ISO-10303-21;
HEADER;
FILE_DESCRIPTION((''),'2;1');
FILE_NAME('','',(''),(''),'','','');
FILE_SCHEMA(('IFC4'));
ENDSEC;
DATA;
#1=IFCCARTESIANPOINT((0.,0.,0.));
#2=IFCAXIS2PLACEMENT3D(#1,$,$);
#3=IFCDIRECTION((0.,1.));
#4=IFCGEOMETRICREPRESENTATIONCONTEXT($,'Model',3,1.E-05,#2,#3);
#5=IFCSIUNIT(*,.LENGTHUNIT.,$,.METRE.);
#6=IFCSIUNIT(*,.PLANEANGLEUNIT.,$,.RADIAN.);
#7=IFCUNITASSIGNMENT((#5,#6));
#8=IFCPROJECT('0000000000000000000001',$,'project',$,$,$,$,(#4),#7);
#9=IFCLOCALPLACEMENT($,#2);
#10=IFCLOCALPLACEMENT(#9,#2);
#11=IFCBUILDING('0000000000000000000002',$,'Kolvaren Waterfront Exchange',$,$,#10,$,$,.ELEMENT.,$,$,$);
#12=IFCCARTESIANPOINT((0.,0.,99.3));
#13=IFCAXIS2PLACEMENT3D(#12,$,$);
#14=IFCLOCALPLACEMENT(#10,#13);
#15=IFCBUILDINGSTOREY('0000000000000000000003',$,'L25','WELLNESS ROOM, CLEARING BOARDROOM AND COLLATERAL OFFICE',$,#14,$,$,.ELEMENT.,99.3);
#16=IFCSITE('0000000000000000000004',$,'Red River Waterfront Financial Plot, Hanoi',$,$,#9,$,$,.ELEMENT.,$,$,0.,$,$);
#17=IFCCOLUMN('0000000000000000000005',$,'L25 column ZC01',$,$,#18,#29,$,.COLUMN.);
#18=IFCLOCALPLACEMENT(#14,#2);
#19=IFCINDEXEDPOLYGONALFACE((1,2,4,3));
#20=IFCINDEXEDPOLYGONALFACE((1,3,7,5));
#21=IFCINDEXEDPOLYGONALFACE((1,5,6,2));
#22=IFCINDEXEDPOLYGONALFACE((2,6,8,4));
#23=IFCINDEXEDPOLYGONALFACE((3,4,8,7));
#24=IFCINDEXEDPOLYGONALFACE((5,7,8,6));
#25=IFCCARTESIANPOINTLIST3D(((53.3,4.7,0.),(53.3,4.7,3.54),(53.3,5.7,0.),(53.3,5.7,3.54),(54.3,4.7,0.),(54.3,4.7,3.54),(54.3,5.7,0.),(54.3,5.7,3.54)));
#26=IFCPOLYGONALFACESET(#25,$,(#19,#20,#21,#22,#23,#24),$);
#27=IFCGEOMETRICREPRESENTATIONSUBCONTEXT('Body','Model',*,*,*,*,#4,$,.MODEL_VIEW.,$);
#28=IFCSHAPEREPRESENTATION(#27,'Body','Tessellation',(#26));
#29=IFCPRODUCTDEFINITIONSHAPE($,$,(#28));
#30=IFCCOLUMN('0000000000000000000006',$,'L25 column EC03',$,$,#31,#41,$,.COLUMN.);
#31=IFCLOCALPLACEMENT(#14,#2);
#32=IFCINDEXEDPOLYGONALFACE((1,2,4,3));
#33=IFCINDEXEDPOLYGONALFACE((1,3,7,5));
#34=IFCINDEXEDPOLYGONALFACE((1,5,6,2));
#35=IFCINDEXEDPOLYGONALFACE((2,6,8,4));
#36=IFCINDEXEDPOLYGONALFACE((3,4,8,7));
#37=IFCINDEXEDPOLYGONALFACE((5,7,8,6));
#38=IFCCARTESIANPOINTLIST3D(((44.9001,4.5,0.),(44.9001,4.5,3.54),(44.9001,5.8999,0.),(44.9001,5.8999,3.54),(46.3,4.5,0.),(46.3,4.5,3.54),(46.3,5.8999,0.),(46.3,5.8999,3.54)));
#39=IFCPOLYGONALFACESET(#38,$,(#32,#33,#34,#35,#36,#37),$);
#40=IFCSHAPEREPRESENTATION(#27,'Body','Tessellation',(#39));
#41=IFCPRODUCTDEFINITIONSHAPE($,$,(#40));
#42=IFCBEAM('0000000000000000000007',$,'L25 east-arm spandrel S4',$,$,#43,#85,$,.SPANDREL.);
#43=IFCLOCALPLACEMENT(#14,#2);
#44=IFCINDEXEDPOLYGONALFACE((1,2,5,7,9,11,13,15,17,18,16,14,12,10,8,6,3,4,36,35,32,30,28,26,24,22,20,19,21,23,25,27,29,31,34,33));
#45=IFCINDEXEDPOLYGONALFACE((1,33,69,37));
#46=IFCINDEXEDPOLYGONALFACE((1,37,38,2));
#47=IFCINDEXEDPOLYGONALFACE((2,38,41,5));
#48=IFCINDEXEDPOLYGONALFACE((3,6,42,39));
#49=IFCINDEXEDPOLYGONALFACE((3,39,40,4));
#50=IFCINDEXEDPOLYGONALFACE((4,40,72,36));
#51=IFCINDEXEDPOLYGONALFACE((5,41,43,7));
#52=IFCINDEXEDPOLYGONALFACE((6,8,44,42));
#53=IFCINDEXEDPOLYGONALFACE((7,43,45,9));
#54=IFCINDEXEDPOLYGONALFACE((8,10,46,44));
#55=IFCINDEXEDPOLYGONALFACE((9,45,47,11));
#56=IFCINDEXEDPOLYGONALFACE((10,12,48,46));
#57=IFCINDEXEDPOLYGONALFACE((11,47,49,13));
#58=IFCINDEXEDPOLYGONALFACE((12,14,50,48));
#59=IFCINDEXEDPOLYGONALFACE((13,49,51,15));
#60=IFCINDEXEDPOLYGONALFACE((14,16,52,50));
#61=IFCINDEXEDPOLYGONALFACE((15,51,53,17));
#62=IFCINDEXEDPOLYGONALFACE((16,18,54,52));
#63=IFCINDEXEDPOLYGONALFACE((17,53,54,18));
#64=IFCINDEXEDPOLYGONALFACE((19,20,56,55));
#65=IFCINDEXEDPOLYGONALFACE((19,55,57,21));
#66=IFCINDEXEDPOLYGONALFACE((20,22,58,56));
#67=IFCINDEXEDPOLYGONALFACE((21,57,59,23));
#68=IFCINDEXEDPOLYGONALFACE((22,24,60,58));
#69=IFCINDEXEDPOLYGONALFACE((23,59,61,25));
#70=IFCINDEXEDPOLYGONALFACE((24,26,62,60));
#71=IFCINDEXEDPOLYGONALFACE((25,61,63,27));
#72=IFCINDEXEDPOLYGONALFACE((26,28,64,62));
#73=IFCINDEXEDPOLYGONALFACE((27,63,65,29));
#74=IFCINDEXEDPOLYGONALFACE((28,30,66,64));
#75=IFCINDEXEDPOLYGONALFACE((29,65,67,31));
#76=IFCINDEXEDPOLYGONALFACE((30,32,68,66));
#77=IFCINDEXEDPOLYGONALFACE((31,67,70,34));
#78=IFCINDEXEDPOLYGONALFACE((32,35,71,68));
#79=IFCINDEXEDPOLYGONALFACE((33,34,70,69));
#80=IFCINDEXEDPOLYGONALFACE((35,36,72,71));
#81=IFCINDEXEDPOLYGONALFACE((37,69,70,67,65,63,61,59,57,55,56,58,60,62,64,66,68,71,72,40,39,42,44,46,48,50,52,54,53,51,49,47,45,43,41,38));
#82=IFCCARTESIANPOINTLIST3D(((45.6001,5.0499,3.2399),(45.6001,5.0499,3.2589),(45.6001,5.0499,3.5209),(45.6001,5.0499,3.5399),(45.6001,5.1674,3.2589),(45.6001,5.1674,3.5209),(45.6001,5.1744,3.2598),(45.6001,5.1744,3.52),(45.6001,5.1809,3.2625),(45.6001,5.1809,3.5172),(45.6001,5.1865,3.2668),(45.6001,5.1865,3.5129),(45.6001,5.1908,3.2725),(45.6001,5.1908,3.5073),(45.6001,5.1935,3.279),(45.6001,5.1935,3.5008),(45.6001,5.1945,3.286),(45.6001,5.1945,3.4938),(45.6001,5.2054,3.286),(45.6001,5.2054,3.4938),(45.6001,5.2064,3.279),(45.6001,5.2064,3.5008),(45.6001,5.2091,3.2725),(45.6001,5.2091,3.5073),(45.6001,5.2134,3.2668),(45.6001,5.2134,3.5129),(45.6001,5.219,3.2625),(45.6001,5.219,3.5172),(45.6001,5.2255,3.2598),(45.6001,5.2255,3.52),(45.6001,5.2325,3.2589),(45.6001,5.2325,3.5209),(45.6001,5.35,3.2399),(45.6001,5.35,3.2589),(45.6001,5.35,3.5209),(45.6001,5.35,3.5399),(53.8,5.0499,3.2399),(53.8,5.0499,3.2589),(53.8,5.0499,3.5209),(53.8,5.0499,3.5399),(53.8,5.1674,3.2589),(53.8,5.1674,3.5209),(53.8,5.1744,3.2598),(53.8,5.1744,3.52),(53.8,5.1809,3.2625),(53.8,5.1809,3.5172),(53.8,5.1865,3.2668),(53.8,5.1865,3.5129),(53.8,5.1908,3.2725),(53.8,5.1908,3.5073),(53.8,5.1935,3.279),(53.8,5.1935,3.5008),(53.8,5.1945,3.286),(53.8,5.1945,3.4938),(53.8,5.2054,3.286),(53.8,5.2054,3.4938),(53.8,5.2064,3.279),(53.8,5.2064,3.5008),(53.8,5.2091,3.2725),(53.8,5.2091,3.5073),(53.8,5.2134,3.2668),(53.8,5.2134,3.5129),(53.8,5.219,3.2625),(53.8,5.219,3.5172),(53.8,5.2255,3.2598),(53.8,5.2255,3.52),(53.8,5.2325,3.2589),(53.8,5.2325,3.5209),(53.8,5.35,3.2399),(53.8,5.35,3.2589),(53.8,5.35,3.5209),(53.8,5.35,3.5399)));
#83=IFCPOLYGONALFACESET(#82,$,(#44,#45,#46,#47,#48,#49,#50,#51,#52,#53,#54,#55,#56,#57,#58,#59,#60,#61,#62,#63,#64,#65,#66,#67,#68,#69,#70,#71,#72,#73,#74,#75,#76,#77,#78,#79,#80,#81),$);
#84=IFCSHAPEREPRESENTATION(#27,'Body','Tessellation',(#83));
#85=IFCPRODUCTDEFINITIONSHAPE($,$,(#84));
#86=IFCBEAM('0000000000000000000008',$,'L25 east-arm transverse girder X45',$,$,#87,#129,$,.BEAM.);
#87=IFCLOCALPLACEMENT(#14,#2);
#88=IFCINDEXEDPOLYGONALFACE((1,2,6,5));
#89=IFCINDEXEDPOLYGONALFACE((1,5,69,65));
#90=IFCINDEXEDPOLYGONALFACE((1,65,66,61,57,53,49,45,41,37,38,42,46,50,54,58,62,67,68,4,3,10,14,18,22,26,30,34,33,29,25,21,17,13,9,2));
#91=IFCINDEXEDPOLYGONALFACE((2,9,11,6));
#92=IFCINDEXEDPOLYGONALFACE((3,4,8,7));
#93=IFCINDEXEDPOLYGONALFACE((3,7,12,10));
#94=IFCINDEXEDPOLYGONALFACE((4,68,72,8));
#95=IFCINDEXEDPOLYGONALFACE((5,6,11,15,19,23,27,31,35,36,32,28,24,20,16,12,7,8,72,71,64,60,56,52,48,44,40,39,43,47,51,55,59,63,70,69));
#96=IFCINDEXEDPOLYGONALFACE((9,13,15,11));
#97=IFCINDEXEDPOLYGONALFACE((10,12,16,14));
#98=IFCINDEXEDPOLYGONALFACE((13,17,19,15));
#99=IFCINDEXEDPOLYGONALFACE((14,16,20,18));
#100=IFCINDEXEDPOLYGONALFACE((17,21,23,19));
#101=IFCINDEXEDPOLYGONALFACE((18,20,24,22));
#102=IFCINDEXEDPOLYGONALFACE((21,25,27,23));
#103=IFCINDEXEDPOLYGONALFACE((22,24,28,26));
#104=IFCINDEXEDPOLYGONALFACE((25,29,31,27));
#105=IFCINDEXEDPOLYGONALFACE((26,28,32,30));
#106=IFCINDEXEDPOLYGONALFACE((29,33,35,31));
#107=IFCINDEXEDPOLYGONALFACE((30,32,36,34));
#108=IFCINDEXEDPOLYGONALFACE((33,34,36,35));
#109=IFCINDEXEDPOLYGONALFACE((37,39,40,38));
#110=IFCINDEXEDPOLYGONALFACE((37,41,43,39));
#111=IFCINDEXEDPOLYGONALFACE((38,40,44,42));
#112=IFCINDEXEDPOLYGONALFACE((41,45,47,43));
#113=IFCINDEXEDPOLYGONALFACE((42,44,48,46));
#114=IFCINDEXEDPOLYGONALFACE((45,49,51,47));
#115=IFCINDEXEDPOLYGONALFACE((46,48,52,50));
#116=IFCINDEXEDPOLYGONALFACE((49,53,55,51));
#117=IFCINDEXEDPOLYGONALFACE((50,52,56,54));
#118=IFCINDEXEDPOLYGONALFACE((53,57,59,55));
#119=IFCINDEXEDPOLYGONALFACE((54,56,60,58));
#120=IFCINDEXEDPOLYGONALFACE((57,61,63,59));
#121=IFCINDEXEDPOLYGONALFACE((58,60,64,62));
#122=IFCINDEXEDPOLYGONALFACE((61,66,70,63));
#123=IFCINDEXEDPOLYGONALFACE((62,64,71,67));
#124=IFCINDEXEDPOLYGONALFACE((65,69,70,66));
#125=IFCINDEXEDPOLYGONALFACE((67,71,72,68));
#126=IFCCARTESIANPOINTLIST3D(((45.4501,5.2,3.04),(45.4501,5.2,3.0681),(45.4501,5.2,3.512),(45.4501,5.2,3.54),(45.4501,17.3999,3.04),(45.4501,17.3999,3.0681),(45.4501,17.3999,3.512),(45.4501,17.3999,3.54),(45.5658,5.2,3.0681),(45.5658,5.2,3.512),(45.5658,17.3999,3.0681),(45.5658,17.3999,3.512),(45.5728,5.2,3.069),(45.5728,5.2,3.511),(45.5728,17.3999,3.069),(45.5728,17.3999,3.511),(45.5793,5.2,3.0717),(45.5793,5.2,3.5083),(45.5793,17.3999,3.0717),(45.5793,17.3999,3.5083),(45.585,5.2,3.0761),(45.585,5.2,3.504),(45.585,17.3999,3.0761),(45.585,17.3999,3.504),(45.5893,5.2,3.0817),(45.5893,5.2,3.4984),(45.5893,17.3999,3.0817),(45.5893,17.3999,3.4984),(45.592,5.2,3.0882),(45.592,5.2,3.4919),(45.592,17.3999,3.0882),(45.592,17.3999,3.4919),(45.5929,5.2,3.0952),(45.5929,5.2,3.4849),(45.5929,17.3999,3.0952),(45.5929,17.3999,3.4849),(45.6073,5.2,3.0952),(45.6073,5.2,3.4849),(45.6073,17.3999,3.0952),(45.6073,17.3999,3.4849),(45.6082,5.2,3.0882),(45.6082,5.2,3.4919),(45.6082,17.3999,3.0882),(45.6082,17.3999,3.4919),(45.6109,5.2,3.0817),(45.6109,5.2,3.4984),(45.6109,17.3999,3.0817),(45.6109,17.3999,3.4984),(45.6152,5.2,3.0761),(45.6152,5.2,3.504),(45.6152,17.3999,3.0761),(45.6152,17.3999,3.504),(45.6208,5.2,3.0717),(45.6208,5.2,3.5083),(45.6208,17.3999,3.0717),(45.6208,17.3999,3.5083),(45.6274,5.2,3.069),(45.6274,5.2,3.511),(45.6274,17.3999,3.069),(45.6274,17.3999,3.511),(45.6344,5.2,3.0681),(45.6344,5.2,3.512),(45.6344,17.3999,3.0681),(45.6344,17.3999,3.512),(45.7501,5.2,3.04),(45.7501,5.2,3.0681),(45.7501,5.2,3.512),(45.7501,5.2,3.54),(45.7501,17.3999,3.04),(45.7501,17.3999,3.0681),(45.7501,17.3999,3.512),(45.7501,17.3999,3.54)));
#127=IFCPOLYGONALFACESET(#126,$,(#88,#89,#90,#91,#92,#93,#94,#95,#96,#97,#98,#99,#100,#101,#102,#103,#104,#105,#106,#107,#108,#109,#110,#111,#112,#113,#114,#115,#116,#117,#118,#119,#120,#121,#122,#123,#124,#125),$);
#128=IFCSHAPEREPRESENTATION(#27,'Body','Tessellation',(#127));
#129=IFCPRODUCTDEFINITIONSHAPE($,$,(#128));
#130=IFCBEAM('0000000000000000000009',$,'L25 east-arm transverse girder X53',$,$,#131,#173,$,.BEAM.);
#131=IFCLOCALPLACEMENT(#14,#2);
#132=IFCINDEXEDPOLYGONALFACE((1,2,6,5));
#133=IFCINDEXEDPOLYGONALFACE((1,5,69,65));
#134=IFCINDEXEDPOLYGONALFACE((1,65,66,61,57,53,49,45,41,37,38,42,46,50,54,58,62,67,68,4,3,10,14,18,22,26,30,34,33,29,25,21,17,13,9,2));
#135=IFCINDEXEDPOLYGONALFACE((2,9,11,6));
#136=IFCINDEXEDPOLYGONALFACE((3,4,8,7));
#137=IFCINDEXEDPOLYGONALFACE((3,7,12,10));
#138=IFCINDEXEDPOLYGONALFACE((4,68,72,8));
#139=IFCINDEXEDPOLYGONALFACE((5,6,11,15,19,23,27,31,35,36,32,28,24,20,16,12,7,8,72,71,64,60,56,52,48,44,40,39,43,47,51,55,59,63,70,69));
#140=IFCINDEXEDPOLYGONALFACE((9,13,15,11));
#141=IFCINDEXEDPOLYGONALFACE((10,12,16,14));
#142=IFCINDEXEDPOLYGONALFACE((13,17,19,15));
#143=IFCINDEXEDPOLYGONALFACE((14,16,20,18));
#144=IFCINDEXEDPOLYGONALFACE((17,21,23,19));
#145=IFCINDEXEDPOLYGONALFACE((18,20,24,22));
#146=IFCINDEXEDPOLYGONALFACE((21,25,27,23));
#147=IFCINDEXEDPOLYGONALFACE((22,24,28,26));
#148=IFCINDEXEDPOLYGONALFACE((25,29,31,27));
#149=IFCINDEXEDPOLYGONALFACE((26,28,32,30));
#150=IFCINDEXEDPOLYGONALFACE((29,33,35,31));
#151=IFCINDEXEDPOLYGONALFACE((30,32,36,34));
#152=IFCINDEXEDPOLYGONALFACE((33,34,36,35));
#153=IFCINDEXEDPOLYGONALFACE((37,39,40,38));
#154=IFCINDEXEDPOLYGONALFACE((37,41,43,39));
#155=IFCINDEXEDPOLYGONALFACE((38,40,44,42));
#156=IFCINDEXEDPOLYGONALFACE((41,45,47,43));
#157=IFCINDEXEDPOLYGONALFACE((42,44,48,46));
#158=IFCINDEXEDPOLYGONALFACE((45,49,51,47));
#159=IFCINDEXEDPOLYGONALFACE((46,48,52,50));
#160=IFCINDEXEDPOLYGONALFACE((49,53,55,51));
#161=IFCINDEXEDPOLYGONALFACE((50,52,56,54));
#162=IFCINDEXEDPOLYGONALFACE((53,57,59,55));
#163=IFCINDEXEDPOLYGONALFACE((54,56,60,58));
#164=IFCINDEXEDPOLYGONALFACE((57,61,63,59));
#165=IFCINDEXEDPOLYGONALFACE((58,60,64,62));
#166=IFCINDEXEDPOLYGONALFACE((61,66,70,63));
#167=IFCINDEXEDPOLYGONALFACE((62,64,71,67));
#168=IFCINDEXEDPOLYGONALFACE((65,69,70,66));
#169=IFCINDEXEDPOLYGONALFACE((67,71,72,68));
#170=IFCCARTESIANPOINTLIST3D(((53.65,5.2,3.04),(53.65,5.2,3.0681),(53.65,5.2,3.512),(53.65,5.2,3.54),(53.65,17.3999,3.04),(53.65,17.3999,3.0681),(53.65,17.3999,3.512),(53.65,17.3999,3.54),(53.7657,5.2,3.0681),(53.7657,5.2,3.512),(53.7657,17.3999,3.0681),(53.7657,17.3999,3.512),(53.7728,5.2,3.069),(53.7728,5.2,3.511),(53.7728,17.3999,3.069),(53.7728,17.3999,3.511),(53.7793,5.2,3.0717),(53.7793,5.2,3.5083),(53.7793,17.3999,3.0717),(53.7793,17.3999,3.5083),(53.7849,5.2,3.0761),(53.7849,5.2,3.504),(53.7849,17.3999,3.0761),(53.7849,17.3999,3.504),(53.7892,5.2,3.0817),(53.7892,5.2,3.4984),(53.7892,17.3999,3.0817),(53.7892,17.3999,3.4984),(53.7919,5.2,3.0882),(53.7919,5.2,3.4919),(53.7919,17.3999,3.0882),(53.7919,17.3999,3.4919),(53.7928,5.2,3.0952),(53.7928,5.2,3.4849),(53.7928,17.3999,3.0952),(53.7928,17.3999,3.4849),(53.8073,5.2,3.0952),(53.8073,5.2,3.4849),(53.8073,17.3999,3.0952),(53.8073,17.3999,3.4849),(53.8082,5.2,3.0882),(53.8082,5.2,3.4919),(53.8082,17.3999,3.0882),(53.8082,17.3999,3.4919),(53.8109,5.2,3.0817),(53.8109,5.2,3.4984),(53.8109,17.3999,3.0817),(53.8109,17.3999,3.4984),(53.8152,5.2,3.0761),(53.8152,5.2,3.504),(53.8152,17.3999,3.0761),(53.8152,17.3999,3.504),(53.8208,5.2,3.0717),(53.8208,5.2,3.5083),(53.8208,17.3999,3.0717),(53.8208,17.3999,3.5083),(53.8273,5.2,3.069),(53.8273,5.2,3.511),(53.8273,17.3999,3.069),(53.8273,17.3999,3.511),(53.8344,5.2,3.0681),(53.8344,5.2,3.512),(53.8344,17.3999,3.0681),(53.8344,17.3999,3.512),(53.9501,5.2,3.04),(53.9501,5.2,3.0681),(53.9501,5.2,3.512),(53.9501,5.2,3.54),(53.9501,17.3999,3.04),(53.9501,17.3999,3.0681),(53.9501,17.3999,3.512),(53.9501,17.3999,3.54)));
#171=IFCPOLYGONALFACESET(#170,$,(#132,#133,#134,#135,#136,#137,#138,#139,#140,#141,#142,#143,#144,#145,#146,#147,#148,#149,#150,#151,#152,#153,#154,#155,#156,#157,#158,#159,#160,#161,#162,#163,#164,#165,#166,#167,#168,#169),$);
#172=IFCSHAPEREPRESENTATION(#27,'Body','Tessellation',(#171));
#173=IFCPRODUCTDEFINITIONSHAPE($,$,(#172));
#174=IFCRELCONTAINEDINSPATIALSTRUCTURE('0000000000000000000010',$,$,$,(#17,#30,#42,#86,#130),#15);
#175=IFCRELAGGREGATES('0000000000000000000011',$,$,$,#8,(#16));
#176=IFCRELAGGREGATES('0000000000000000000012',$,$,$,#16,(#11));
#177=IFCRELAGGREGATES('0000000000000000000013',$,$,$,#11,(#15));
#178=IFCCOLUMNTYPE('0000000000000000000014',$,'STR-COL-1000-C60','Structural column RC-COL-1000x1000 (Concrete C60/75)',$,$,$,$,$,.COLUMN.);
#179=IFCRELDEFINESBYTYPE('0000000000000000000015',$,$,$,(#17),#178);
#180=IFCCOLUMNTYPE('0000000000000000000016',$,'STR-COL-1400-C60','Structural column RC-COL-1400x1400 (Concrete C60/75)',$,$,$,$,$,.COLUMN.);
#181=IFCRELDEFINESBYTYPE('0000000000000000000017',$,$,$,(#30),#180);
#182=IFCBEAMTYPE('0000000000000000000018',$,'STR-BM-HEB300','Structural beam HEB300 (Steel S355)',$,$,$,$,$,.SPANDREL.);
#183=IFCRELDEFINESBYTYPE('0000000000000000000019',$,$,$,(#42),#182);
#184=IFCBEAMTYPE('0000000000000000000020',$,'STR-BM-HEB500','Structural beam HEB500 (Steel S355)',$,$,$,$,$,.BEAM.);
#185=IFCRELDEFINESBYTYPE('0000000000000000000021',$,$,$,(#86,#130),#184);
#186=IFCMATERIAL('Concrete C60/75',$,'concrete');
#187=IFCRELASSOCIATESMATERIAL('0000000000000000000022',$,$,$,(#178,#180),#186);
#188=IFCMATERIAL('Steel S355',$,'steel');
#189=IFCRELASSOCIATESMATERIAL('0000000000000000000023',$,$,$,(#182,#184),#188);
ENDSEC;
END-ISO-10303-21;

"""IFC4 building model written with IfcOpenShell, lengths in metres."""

from ifc_helpers import new_model, si_unit, direction, frame, origin, origin_2d, place, context, subcontext, project, spatial, rectangle, i_section, extrude, material, material_profile, profile_set, type_object, element, save


model = new_model("IFC4")

# Units and contexts
model_context = context("Model", 3, precision=1e-05, world=origin(), true_north=direction((0.0, 1.0)))
body_context = subcontext(model_context, "Body", "Model", "MODEL_VIEW")
ifc_project = project(units=[si_unit("LENGTHUNIT", "METRE"), si_unit("PLANEANGLEUNIT", "RADIAN")], contexts=[model_context])

# Site, building, storey
site_placement = place(None, origin())
site = spatial("IfcSite", under=ifc_project, at=site_placement, Name="Red River Waterfront Financial Plot, Hanoi", CompositionType="ELEMENT", RefElevation=0.0)
building_placement = place(site_placement, origin())
building = spatial("IfcBuilding", under=site, at=building_placement, Name="Kolvaren Waterfront Exchange", CompositionType="ELEMENT")
storey_placement = place(building_placement, frame((0.0, 0.0, 99.3)))
storey = spatial("IfcBuildingStorey", under=building, at=storey_placement, Name="L25", Description="WELLNESS ROOM, CLEARING BOARDROOM AND COLLATERAL OFFICE", CompositionType="ELEMENT", Elevation=99.3)

# Columns
ifc_material_1 = material(Name="Concrete C60/75", Category="concrete")
ifc_material_profile_1 = material_profile(ifc_material_1, rectangle(XDim=1.0, YDim=1.0, at=origin_2d()), Name="RC-COL-1000x1000")
ifc_profile_set_1 = profile_set([ifc_material_profile_1], Name="Concrete C60/75")
column_type_1 = type_object("IfcColumnType", Name="STR-COL-1000-C60", Description="Structural column RC-COL-1000x1000 (Concrete C60/75)", PredefinedType="COLUMN", material=ifc_profile_set_1)
column_1_placement = place(storey_placement, frame((53.8, 5.2, 0.0), z_axis=(0.0, 0.0, 1.0), x_axis=(1.0, 0.0, 0.0)))
element("IfcColumn", 1, at=column_1_placement, inside=storey, type_object=column_type_1, Name="L25 column ZC01", PredefinedType="COLUMN", context=body_context, shape_type="SweptSolid", body=[
    extrude(rectangle(XDim=1.0, YDim=1.0, at=origin_2d()), origin(), (0.0, 0.0, 1.0), 3.54),
])
ifc_material_profile_2 = material_profile(ifc_material_1, rectangle(XDim=1.3999, YDim=1.3999, at=origin_2d()), Name="RC-COL-1400x1400")
ifc_profile_set_2 = profile_set([ifc_material_profile_2], Name="Concrete C60/75")
column_type_2 = type_object("IfcColumnType", Name="STR-COL-1400-C60", Description="Structural column RC-COL-1400x1400 (Concrete C60/75)", PredefinedType="COLUMN", material=ifc_profile_set_2)
column_2_placement = place(storey_placement, frame((45.6001, 5.2, 0.0), z_axis=(0.0, 0.0, 1.0), x_axis=(1.0, 0.0, 0.0)))
element("IfcColumn", 2, at=column_2_placement, inside=storey, type_object=column_type_2, Name="L25 column EC03", PredefinedType="COLUMN", context=body_context, shape_type="SweptSolid", body=[
    extrude(rectangle(XDim=1.3999, YDim=1.3999, at=origin_2d()), origin(), (0.0, 0.0, 1.0), 3.54),
])

# Beams
ifc_material_2 = material(Name="Steel S355", Category="steel")
ifc_material_profile_3 = material_profile(ifc_material_2, i_section(OverallWidth=0.3, OverallDepth=0.3, WebThickness=0.011, FlangeThickness=0.019, FilletRadius=0.0271, at=origin_2d()), Name="HEB300")
ifc_profile_set_3 = profile_set([ifc_material_profile_3], Name="Steel S355")
beam_type_1 = type_object("IfcBeamType", Name="STR-BM-HEB300", Description="Structural beam HEB300 (Steel S355)", PredefinedType="SPANDREL", material=ifc_profile_set_3)
beam_1_placement = place(storey_placement, frame((45.6001, 5.2, 3.3899), z_axis=(1.0, 0.0, 0.0), x_axis=(0.0, 1.0, 0.0)))
element("IfcBeam", 3, at=beam_1_placement, inside=storey, type_object=beam_type_1, Name="L25 east-arm spandrel S4", PredefinedType="SPANDREL", context=body_context, shape_type="SweptSolid", body=[
    extrude(i_section(OverallWidth=0.3, OverallDepth=0.3, WebThickness=0.011, FlangeThickness=0.019, FilletRadius=0.0271, at=origin_2d()), origin(), (0.0, 0.0, 1.0), 8.2),
])
ifc_material_profile_4 = material_profile(ifc_material_2, i_section(OverallWidth=0.3, OverallDepth=0.5, WebThickness=0.0144, FlangeThickness=0.0281, FilletRadius=0.0271, at=origin_2d()), Name="HEB500")
ifc_profile_set_4 = profile_set([ifc_material_profile_4], Name="Steel S355")
beam_type_2 = type_object("IfcBeamType", Name="STR-BM-HEB500", Description="Structural beam HEB500 (Steel S355)", PredefinedType="BEAM", material=ifc_profile_set_4)
for number, where, z_axis, x_axis, name in (
    (4, (45.6001, 5.2, 3.29), (0.0, 1.0, 0.0), (-1.0, 0.0, 0.0), "L25 east-arm transverse girder X45"),
    (5, (53.8, 5.2, 3.29), (0.0, 1.0, 0.0), (-1.0, 0.0, 0.0), "L25 east-arm transverse girder X53"),
):
    element("IfcBeam", number, at=place(storey_placement, frame(where, z_axis=z_axis, x_axis=x_axis)), inside=storey, type_object=beam_type_2, Name=name, PredefinedType="BEAM", context=body_context, shape_type="SweptSolid", body=[
        extrude(i_section(OverallWidth=0.3, OverallDepth=0.5, WebThickness=0.0144, FlangeThickness=0.0281, FilletRadius=0.0271, at=origin_2d()), origin(), (0.0, 0.0, 1.0), 12.2),
    ])

save(model, "model.ifc")
